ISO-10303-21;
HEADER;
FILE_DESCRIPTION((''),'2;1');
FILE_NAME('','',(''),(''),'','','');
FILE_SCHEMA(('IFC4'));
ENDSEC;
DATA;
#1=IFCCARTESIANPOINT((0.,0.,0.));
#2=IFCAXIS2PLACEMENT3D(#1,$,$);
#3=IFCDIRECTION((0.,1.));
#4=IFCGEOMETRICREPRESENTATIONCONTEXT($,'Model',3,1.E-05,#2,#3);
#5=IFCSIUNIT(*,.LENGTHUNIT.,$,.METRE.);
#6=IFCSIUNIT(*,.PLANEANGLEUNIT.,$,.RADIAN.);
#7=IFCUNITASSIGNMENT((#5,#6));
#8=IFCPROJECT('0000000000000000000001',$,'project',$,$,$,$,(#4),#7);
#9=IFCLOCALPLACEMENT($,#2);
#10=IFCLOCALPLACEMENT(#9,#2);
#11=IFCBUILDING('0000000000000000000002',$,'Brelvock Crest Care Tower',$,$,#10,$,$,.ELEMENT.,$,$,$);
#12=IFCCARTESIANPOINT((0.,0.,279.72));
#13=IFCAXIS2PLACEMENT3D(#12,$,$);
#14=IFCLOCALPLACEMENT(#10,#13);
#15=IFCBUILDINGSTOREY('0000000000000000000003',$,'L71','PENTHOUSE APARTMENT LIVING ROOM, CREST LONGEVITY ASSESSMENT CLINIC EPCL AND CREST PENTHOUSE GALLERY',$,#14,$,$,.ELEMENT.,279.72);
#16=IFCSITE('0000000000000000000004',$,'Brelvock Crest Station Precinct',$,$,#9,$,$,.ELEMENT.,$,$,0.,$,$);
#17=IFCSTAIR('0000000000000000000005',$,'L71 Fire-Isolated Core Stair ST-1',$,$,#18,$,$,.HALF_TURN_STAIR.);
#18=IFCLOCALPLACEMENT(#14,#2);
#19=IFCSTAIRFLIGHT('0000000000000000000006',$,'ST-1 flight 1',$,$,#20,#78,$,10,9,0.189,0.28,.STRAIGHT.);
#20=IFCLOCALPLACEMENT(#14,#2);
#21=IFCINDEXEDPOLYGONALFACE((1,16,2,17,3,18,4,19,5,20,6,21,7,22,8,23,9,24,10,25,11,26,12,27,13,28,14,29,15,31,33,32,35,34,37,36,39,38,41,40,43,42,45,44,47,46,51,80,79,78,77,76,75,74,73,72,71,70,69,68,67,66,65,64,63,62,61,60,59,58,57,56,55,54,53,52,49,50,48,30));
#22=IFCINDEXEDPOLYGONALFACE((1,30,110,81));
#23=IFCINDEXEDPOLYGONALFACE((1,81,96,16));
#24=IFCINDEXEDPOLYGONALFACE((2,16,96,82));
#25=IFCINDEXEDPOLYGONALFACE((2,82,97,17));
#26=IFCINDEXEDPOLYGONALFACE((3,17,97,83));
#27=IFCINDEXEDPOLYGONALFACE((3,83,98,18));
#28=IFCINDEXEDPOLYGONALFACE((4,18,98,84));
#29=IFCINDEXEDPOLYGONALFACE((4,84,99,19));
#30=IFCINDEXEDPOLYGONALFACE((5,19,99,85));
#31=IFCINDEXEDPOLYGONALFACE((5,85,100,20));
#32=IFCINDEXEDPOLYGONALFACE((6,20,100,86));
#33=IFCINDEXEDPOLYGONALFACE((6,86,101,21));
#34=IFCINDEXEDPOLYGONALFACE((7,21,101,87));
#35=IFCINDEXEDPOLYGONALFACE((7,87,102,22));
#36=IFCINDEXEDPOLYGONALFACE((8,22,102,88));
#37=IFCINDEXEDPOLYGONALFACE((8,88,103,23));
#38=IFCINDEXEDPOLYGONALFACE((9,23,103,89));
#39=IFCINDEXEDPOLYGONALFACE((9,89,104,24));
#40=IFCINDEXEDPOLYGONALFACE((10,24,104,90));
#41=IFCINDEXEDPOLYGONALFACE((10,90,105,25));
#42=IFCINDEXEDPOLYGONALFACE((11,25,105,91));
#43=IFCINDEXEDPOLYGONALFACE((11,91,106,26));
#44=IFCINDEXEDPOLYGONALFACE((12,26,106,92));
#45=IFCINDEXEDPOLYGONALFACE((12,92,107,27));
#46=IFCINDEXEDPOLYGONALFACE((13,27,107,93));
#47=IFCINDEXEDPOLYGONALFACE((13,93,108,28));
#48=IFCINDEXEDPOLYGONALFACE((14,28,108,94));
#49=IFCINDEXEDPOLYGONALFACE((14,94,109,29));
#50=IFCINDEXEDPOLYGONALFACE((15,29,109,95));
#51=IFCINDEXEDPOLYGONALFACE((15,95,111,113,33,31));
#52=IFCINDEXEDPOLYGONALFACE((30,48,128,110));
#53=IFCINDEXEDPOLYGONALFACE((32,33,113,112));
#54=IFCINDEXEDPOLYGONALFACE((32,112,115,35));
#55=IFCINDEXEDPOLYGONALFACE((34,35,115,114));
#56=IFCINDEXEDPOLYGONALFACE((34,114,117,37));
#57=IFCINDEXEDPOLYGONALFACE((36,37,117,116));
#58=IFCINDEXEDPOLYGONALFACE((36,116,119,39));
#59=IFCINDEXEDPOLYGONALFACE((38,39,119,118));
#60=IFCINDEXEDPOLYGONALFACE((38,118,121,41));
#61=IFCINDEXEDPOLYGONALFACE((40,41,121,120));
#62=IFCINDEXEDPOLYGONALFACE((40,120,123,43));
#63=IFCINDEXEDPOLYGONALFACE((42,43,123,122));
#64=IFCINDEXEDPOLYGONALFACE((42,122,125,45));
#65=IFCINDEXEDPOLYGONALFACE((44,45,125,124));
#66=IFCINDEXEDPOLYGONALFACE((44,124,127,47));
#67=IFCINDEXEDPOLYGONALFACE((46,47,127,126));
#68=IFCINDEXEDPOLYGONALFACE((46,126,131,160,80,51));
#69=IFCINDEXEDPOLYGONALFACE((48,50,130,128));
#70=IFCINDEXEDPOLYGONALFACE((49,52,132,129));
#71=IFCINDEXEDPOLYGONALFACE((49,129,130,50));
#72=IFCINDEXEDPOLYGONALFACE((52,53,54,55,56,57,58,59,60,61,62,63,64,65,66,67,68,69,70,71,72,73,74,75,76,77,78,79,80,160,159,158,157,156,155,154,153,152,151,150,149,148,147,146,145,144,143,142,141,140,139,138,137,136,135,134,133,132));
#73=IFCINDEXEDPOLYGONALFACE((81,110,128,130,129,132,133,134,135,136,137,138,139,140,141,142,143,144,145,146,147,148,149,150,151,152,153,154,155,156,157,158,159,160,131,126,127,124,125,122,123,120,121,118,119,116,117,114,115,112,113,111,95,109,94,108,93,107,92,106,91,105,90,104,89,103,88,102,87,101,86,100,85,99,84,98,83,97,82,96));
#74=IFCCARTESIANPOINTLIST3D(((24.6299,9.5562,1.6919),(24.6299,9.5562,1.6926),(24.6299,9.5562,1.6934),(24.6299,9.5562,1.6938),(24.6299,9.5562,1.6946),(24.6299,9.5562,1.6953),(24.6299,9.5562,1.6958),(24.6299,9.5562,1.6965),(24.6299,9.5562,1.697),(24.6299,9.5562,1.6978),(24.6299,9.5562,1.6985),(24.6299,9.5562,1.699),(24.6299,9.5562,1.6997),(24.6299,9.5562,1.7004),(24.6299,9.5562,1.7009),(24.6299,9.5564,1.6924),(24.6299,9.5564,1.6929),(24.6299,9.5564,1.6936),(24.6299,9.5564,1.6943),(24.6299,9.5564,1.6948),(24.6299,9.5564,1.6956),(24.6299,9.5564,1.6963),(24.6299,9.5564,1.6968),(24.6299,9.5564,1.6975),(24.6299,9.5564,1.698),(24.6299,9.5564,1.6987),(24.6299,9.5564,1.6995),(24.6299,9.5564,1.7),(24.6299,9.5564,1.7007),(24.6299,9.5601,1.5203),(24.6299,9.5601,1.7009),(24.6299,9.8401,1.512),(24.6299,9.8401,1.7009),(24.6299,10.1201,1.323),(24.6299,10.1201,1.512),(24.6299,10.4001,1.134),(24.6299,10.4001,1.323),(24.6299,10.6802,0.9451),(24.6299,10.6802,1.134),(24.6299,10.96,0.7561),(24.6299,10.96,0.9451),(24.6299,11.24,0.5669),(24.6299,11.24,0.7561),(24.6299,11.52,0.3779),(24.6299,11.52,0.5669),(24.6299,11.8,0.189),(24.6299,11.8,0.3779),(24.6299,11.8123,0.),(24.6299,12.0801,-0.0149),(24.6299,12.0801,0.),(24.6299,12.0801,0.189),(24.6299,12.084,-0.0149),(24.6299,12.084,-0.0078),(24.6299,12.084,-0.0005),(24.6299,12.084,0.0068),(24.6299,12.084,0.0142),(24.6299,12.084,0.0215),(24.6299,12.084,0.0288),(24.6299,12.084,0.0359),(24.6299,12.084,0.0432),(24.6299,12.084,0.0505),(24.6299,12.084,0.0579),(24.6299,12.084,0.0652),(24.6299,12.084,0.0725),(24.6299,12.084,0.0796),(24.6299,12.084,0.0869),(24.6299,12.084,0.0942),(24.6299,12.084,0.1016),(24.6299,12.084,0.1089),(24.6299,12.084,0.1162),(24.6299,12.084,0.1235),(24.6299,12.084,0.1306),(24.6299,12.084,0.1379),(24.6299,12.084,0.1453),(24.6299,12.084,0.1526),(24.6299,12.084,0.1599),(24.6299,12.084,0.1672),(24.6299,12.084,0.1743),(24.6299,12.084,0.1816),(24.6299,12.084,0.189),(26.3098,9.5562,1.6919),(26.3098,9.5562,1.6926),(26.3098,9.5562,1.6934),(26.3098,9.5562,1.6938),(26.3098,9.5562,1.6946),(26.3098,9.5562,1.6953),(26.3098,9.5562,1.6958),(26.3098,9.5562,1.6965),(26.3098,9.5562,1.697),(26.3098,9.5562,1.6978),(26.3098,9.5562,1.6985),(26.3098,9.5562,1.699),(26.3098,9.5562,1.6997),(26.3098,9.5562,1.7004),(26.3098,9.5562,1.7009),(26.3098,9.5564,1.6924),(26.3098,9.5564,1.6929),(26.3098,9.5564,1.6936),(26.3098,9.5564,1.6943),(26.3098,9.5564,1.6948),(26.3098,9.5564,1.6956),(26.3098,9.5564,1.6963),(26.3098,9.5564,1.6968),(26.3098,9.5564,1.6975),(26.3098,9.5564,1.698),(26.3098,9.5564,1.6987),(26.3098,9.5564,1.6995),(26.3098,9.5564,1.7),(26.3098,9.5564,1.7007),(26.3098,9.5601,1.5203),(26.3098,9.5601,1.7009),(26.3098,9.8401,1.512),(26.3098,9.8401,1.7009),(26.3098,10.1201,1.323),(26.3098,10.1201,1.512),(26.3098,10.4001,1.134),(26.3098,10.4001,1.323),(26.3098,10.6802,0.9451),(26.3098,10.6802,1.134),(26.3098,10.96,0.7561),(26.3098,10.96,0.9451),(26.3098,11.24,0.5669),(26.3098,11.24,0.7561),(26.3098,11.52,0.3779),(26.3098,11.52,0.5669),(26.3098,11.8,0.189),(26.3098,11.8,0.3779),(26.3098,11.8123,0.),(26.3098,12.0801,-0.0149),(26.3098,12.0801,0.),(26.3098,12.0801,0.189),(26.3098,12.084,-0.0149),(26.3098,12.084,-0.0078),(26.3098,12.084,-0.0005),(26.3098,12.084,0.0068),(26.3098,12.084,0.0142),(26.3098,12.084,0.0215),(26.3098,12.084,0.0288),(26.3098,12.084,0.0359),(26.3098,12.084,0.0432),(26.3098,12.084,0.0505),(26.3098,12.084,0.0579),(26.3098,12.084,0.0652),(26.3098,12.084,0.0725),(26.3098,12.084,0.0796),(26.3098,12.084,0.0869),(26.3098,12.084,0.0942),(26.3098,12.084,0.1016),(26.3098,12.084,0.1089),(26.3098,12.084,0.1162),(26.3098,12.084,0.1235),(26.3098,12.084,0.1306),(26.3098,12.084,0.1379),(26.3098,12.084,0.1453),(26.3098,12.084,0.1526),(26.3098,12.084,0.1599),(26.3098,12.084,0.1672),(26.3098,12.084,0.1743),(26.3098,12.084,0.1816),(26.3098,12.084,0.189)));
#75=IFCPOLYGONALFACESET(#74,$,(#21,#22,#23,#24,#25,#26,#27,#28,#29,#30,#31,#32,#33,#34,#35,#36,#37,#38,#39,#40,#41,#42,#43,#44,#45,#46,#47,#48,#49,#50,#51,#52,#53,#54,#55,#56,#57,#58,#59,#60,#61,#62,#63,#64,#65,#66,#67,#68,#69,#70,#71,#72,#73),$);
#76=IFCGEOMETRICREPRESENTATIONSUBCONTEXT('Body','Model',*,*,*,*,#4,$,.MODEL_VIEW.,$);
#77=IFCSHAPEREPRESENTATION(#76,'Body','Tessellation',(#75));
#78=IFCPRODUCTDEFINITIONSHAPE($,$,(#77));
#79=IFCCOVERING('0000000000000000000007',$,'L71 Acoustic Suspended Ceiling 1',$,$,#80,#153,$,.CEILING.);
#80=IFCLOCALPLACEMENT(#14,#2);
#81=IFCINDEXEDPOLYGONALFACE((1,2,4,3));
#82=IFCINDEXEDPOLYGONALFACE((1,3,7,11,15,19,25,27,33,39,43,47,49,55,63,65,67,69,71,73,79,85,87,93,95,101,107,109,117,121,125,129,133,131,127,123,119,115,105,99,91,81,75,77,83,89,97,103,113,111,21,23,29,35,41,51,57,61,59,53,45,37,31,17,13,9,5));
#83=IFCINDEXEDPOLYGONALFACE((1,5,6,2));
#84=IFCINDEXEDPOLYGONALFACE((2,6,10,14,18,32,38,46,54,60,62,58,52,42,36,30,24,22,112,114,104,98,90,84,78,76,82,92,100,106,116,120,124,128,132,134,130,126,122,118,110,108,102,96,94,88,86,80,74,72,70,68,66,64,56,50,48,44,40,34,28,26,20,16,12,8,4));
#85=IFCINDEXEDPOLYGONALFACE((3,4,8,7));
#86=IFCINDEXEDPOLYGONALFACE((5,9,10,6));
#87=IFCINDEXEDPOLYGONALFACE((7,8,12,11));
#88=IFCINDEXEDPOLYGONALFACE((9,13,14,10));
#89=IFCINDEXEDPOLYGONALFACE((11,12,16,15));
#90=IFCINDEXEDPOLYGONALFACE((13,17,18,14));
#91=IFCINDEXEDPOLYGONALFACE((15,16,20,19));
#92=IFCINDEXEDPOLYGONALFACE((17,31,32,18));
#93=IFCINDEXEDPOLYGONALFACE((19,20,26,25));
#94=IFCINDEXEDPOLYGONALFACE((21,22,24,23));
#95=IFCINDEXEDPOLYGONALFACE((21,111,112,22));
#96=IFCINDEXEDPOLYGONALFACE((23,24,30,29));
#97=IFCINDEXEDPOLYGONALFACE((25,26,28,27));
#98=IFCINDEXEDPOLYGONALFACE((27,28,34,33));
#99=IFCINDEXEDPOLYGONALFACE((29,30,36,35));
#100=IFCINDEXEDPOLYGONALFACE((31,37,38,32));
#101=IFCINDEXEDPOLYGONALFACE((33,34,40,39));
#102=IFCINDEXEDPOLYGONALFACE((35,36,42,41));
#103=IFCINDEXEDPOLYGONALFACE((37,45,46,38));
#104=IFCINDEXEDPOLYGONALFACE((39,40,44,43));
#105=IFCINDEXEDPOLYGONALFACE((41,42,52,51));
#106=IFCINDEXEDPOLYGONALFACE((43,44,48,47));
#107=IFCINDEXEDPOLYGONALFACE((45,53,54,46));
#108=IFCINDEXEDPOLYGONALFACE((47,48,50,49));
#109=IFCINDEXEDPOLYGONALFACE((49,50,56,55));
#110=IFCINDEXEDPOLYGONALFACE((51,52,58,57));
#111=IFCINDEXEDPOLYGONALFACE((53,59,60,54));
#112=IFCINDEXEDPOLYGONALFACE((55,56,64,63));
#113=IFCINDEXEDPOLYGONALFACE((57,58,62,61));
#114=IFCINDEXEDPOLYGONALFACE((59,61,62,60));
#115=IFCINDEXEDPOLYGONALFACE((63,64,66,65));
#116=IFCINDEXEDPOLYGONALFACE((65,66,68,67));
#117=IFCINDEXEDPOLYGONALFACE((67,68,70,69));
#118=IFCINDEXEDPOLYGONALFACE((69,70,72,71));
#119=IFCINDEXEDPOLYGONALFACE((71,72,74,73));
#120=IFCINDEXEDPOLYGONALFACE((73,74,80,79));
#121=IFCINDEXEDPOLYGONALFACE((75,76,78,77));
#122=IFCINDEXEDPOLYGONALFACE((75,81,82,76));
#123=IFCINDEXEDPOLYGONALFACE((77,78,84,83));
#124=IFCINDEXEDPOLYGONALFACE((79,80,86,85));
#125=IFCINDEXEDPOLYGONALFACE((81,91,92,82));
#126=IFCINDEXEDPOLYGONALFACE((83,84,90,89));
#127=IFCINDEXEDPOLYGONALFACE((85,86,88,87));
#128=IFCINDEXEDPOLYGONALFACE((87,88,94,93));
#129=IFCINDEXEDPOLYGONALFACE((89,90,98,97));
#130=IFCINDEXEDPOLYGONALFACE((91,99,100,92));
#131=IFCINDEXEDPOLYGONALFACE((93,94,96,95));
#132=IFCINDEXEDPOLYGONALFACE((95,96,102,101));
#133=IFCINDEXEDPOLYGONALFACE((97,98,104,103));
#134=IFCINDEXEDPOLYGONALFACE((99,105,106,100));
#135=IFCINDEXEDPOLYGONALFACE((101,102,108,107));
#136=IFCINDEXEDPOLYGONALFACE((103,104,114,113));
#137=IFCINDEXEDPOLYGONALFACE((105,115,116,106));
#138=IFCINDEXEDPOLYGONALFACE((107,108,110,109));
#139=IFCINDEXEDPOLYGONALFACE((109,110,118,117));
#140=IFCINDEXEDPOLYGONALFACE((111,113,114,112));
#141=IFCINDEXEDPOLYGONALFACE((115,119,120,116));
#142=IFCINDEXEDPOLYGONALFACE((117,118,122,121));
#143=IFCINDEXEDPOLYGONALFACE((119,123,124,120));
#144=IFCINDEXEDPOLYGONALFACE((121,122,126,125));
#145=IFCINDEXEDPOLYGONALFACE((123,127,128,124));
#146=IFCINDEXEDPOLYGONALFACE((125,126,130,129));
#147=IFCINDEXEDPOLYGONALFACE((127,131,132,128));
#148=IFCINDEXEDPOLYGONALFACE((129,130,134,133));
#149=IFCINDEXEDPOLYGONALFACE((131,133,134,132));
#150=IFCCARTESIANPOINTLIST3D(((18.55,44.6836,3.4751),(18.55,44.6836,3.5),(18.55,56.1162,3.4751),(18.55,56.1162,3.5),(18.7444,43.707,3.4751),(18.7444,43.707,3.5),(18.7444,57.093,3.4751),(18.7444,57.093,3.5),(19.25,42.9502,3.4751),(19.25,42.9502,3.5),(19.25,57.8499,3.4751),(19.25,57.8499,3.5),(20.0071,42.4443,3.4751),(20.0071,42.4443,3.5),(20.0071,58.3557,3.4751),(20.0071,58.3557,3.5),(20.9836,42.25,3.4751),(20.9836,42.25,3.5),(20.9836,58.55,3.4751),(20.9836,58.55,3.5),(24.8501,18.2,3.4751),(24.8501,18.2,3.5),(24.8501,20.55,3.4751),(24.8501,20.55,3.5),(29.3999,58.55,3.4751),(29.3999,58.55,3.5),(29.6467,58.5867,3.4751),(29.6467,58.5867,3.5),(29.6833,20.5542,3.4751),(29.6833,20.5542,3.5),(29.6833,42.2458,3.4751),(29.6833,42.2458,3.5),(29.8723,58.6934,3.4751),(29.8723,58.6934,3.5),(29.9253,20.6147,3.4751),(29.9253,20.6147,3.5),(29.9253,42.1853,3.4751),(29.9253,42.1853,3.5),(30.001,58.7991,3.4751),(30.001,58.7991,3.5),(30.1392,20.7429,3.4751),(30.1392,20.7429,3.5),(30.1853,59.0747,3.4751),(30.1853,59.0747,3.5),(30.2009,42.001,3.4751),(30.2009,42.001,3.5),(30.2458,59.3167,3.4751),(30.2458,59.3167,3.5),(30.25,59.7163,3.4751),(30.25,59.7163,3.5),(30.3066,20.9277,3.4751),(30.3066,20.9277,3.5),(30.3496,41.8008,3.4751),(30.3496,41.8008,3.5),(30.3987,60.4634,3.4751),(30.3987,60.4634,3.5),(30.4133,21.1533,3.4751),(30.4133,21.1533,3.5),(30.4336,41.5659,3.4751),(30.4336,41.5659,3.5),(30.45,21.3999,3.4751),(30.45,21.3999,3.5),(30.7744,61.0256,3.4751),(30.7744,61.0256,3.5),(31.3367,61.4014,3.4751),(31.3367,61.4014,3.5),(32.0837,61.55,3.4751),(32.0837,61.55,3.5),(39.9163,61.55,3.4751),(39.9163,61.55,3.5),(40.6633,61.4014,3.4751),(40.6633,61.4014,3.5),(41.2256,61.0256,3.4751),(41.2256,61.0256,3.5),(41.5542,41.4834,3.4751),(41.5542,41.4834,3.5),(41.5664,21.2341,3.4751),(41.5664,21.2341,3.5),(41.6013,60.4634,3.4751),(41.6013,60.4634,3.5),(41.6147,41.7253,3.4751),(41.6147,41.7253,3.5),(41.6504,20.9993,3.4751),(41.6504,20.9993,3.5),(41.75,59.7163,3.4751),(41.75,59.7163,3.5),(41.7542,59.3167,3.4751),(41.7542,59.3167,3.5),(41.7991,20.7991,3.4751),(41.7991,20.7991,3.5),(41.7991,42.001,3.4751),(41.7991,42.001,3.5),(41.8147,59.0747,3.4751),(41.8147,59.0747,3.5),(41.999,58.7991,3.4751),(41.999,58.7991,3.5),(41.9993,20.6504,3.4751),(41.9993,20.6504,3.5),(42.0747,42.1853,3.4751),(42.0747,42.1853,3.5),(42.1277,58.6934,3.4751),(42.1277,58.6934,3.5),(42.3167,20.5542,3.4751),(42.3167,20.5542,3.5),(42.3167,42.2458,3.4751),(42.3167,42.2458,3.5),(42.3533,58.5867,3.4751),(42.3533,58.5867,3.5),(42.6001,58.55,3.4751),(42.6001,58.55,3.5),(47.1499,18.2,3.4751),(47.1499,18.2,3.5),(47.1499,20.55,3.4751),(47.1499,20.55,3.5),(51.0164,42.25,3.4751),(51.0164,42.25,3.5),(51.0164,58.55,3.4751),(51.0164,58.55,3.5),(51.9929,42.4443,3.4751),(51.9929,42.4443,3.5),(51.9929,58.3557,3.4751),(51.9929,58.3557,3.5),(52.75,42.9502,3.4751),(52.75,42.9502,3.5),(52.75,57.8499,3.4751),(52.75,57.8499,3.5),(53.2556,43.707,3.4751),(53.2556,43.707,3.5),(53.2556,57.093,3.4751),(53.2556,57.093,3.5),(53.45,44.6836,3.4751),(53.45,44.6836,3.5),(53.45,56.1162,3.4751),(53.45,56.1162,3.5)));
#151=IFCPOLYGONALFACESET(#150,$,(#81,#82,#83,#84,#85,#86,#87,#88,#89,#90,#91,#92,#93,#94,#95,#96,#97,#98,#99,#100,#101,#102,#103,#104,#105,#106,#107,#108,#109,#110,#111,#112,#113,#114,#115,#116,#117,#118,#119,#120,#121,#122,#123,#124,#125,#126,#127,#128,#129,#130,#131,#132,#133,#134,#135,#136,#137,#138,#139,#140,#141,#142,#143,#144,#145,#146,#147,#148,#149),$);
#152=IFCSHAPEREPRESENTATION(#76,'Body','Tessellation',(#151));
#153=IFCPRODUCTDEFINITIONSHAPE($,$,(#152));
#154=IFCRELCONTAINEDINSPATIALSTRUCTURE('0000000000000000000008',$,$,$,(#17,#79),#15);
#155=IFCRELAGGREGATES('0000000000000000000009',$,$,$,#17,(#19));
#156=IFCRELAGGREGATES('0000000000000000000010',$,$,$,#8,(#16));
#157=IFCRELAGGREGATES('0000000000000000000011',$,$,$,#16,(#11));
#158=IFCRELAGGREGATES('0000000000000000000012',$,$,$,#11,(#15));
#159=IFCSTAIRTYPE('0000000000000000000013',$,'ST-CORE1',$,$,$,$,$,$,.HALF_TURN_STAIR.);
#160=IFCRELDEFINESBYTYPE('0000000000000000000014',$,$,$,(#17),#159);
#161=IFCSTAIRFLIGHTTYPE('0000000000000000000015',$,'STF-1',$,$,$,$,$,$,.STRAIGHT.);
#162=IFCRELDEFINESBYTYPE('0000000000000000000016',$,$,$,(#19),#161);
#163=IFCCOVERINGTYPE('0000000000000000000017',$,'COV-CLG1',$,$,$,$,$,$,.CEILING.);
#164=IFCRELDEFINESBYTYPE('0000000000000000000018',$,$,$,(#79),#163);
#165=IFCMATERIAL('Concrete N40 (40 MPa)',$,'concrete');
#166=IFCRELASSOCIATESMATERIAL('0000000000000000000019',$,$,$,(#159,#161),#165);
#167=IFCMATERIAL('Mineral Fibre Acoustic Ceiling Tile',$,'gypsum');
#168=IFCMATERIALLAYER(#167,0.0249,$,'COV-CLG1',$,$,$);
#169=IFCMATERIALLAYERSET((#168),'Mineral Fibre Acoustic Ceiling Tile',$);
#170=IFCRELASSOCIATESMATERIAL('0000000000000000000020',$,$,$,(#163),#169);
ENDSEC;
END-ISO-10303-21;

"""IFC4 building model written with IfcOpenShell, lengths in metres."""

from ifc_helpers import new_model, si_unit, direction, frame, origin, place, context, subcontext, project, spatial, polyline, outline, extrude, material, layer, layer_set, type_object, element, aggregate, save


model = new_model("IFC4")

# Units and contexts
model_context = context("Model", 3, precision=1e-05, world=origin(), true_north=direction((0.0, 1.0)))
body_context = subcontext(model_context, "Body", "Model", "MODEL_VIEW")
ifc_project = project(units=[si_unit("LENGTHUNIT", "METRE"), si_unit("PLANEANGLEUNIT", "RADIAN")], contexts=[model_context])

# Site, building, storey
site_placement = place(None, origin())
site = spatial("IfcSite", under=ifc_project, at=site_placement, Name="Brelvock Crest Station Precinct", CompositionType="ELEMENT", RefElevation=0.0)
building_placement = place(site_placement, origin())
building = spatial("IfcBuilding", under=site, at=building_placement, Name="Brelvock Crest Care Tower", CompositionType="ELEMENT")
storey_placement = place(building_placement, frame((0.0, 0.0, 279.72)))
storey = spatial("IfcBuildingStorey", under=building, at=storey_placement, Name="L71", Description="PENTHOUSE APARTMENT LIVING ROOM, CREST LONGEVITY ASSESSMENT CLINIC EPCL AND CREST PENTHOUSE GALLERY", CompositionType="ELEMENT", Elevation=279.72)

# Stair
ifc_material_1 = material(Name="Concrete N40 (40 MPa)", Category="concrete")
stair_type = type_object("IfcStairType", Name="ST-CORE1", PredefinedType="HALF_TURN_STAIR", material=ifc_material_1)
stair_1_placement = place(storey_placement, origin())
stair_1 = element("IfcStair", 1, at=stair_1_placement, inside=storey, type_object=stair_type, Name="L71 Fire-Isolated Core Stair ST-1", PredefinedType="HALF_TURN_STAIR")

# Stair flight
stair_flight_type = type_object("IfcStairFlightType", Name="STF-1", PredefinedType="STRAIGHT", material=ifc_material_1)
stair_flight_placement = place(storey_placement, frame((25.47, 12.0801, 0.0), z_axis=(0.0, 0.0, 1.0), x_axis=(0.0, -1.0, 0.0)))
stair_flight = element("IfcStairFlight", 2, at=stair_flight_placement, type_object=stair_flight_type, Name="ST-1 flight 1", NumberOfRisers=10, NumberOfTreads=9, PredefinedType="STRAIGHT", RiserHeight=0.189, TreadLength=0.28, context=body_context, shape_type="SweptSolid", body=[
    extrude(outline(polyline([(-0.0039, -0.0149), (-0.0039, -0.0078), (-0.0039, -0.0005), (-0.0039, 0.0068), (-0.0039, 0.0142), (-0.0039, 0.0215), (-0.0039, 0.0288), (-0.0039, 0.0359), (-0.0039, 0.0432), (-0.0039, 0.0505), (-0.0039, 0.0579), (-0.0039, 0.0652), (-0.0039, 0.0725), (-0.0039, 0.0796), (-0.0039, 0.0869), (-0.0039, 0.0942), (-0.0039, 0.1016), (-0.0039, 0.1089), (-0.0039, 0.1162), (-0.0039, 0.1235), (-0.0039, 0.1306), (-0.0039, 0.1379), (-0.0039, 0.1453), (-0.0039, 0.1526), (-0.0039, 0.1599), (-0.0039, 0.1672), (-0.0039, 0.1743), (-0.0039, 0.1816), (-0.0039, 0.189), (0.0, 0.189), (0.28, 0.189), (0.28, 0.3779), (0.5601, 0.3779), (0.5601, 0.5669), (0.8401, 0.5669), (0.8401, 0.7561), (1.1201, 0.7561), (1.1201, 0.9451), (1.3999, 0.9451), (1.3999, 1.134), (1.6799, 1.134), (1.6799, 1.323), (1.96, 1.323), (1.96, 1.512), (2.24, 1.512), (2.24, 1.7009), (2.52, 1.7009), (2.5239, 1.7009), (2.5237, 1.7007), (2.5239, 1.7004), (2.5237, 1.7), (2.5239, 1.6997), (2.5237, 1.6995), (2.5239, 1.699), (2.5237, 1.6987), (2.5239, 1.6985), (2.5237, 1.698), (2.5239, 1.6978), (2.5237, 1.6975), (2.5239, 1.697), (2.5237, 1.6968), (2.5239, 1.6965), (2.5237, 1.6963), (2.5239, 1.6958), (2.5237, 1.6956), (2.5239, 1.6953), (2.5237, 1.6948), (2.5239, 1.6946), (2.5237, 1.6943), (2.5239, 1.6938), (2.5237, 1.6936), (2.5239, 1.6934), (2.5237, 1.6929), (2.5239, 1.6926), (2.5237, 1.6924), (2.5239, 1.6919), (2.52, 1.5203), (0.2678, 0.0), (0.0, 0.0), (0.0, -0.0149), (-0.0039, -0.0149)])), frame((0.0, 0.8398, 0.0), z_axis=(0.0, -1.0, 0.0), x_axis=(1.0, 0.0, 0.0)), (0.0, 0.0, 1.0), 1.6799),
])
aggregate(stair_1, [stair_flight])

# Covering
ifc_material_2 = material(Name="Mineral Fibre Acoustic Ceiling Tile", Category="gypsum")
ifc_layer_1 = layer(ifc_material_2, 0.0249, Name="COV-CLG1")
ifc_layer_set_1 = layer_set([ifc_layer_1], Name="Mineral Fibre Acoustic Ceiling Tile")
covering_type_1 = type_object("IfcCoveringType", Name="COV-CLG1", PredefinedType="CEILING", material=ifc_layer_set_1)
covering_1_placement = place(storey_placement, frame((0.0, 0.0, 3.4751)))
element("IfcCovering", 3, at=covering_1_placement, inside=storey, type_object=covering_type_1, Name="L71 Acoustic Suspended Ceiling 1", PredefinedType="CEILING", context=body_context, shape_type="SweptSolid", body=[
    extrude(outline(polyline([(24.8501, 18.2), (47.1499, 18.2), (47.1499, 20.55), (42.3167, 20.5542), (41.9993, 20.6504), (41.7991, 20.7991), (41.6504, 20.9993), (41.5664, 21.2341), (41.5542, 41.4834), (41.6147, 41.7253), (41.7991, 42.001), (42.0747, 42.1853), (42.3167, 42.2458), (51.0164, 42.25), (51.9929, 42.4443), (52.75, 42.9502), (53.2556, 43.707), (53.45, 44.6836), (53.45, 56.1162), (53.2556, 57.093), (52.75, 57.8499), (51.9929, 58.3557), (51.0164, 58.55), (42.6001, 58.55), (42.3533, 58.5867), (42.1277, 58.6934), (41.999, 58.7991), (41.8147, 59.0747), (41.7542, 59.3167), (41.75, 59.7163), (41.6013, 60.4634), (41.2256, 61.0256), (40.6633, 61.4014), (39.9163, 61.55), (32.0837, 61.55), (31.3367, 61.4014), (30.7744, 61.0256), (30.3987, 60.4634), (30.25, 59.7163), (30.2458, 59.3167), (30.1853, 59.0747), (30.001, 58.7991), (29.8723, 58.6934), (29.6467, 58.5867), (29.3999, 58.55), (20.9836, 58.55), (20.0071, 58.3557), (19.25, 57.8499), (18.7444, 57.093), (18.55, 56.1162), (18.55, 44.6836), (18.7444, 43.707), (19.25, 42.9502), (20.0071, 42.4443), (20.9836, 42.25), (29.6833, 42.2458), (29.9253, 42.1853), (30.2009, 42.001), (30.3496, 41.8008), (30.4336, 41.5659), (30.45, 21.3999), (30.4133, 21.1533), (30.3066, 20.9277), (30.1392, 20.7429), (29.9253, 20.6147), (29.6833, 20.5542), (24.8501, 20.55), (24.8501, 18.2)])), origin(), (0.0, 0.0, 1.0), 0.0249),
])

save(model, "model.ifc")
